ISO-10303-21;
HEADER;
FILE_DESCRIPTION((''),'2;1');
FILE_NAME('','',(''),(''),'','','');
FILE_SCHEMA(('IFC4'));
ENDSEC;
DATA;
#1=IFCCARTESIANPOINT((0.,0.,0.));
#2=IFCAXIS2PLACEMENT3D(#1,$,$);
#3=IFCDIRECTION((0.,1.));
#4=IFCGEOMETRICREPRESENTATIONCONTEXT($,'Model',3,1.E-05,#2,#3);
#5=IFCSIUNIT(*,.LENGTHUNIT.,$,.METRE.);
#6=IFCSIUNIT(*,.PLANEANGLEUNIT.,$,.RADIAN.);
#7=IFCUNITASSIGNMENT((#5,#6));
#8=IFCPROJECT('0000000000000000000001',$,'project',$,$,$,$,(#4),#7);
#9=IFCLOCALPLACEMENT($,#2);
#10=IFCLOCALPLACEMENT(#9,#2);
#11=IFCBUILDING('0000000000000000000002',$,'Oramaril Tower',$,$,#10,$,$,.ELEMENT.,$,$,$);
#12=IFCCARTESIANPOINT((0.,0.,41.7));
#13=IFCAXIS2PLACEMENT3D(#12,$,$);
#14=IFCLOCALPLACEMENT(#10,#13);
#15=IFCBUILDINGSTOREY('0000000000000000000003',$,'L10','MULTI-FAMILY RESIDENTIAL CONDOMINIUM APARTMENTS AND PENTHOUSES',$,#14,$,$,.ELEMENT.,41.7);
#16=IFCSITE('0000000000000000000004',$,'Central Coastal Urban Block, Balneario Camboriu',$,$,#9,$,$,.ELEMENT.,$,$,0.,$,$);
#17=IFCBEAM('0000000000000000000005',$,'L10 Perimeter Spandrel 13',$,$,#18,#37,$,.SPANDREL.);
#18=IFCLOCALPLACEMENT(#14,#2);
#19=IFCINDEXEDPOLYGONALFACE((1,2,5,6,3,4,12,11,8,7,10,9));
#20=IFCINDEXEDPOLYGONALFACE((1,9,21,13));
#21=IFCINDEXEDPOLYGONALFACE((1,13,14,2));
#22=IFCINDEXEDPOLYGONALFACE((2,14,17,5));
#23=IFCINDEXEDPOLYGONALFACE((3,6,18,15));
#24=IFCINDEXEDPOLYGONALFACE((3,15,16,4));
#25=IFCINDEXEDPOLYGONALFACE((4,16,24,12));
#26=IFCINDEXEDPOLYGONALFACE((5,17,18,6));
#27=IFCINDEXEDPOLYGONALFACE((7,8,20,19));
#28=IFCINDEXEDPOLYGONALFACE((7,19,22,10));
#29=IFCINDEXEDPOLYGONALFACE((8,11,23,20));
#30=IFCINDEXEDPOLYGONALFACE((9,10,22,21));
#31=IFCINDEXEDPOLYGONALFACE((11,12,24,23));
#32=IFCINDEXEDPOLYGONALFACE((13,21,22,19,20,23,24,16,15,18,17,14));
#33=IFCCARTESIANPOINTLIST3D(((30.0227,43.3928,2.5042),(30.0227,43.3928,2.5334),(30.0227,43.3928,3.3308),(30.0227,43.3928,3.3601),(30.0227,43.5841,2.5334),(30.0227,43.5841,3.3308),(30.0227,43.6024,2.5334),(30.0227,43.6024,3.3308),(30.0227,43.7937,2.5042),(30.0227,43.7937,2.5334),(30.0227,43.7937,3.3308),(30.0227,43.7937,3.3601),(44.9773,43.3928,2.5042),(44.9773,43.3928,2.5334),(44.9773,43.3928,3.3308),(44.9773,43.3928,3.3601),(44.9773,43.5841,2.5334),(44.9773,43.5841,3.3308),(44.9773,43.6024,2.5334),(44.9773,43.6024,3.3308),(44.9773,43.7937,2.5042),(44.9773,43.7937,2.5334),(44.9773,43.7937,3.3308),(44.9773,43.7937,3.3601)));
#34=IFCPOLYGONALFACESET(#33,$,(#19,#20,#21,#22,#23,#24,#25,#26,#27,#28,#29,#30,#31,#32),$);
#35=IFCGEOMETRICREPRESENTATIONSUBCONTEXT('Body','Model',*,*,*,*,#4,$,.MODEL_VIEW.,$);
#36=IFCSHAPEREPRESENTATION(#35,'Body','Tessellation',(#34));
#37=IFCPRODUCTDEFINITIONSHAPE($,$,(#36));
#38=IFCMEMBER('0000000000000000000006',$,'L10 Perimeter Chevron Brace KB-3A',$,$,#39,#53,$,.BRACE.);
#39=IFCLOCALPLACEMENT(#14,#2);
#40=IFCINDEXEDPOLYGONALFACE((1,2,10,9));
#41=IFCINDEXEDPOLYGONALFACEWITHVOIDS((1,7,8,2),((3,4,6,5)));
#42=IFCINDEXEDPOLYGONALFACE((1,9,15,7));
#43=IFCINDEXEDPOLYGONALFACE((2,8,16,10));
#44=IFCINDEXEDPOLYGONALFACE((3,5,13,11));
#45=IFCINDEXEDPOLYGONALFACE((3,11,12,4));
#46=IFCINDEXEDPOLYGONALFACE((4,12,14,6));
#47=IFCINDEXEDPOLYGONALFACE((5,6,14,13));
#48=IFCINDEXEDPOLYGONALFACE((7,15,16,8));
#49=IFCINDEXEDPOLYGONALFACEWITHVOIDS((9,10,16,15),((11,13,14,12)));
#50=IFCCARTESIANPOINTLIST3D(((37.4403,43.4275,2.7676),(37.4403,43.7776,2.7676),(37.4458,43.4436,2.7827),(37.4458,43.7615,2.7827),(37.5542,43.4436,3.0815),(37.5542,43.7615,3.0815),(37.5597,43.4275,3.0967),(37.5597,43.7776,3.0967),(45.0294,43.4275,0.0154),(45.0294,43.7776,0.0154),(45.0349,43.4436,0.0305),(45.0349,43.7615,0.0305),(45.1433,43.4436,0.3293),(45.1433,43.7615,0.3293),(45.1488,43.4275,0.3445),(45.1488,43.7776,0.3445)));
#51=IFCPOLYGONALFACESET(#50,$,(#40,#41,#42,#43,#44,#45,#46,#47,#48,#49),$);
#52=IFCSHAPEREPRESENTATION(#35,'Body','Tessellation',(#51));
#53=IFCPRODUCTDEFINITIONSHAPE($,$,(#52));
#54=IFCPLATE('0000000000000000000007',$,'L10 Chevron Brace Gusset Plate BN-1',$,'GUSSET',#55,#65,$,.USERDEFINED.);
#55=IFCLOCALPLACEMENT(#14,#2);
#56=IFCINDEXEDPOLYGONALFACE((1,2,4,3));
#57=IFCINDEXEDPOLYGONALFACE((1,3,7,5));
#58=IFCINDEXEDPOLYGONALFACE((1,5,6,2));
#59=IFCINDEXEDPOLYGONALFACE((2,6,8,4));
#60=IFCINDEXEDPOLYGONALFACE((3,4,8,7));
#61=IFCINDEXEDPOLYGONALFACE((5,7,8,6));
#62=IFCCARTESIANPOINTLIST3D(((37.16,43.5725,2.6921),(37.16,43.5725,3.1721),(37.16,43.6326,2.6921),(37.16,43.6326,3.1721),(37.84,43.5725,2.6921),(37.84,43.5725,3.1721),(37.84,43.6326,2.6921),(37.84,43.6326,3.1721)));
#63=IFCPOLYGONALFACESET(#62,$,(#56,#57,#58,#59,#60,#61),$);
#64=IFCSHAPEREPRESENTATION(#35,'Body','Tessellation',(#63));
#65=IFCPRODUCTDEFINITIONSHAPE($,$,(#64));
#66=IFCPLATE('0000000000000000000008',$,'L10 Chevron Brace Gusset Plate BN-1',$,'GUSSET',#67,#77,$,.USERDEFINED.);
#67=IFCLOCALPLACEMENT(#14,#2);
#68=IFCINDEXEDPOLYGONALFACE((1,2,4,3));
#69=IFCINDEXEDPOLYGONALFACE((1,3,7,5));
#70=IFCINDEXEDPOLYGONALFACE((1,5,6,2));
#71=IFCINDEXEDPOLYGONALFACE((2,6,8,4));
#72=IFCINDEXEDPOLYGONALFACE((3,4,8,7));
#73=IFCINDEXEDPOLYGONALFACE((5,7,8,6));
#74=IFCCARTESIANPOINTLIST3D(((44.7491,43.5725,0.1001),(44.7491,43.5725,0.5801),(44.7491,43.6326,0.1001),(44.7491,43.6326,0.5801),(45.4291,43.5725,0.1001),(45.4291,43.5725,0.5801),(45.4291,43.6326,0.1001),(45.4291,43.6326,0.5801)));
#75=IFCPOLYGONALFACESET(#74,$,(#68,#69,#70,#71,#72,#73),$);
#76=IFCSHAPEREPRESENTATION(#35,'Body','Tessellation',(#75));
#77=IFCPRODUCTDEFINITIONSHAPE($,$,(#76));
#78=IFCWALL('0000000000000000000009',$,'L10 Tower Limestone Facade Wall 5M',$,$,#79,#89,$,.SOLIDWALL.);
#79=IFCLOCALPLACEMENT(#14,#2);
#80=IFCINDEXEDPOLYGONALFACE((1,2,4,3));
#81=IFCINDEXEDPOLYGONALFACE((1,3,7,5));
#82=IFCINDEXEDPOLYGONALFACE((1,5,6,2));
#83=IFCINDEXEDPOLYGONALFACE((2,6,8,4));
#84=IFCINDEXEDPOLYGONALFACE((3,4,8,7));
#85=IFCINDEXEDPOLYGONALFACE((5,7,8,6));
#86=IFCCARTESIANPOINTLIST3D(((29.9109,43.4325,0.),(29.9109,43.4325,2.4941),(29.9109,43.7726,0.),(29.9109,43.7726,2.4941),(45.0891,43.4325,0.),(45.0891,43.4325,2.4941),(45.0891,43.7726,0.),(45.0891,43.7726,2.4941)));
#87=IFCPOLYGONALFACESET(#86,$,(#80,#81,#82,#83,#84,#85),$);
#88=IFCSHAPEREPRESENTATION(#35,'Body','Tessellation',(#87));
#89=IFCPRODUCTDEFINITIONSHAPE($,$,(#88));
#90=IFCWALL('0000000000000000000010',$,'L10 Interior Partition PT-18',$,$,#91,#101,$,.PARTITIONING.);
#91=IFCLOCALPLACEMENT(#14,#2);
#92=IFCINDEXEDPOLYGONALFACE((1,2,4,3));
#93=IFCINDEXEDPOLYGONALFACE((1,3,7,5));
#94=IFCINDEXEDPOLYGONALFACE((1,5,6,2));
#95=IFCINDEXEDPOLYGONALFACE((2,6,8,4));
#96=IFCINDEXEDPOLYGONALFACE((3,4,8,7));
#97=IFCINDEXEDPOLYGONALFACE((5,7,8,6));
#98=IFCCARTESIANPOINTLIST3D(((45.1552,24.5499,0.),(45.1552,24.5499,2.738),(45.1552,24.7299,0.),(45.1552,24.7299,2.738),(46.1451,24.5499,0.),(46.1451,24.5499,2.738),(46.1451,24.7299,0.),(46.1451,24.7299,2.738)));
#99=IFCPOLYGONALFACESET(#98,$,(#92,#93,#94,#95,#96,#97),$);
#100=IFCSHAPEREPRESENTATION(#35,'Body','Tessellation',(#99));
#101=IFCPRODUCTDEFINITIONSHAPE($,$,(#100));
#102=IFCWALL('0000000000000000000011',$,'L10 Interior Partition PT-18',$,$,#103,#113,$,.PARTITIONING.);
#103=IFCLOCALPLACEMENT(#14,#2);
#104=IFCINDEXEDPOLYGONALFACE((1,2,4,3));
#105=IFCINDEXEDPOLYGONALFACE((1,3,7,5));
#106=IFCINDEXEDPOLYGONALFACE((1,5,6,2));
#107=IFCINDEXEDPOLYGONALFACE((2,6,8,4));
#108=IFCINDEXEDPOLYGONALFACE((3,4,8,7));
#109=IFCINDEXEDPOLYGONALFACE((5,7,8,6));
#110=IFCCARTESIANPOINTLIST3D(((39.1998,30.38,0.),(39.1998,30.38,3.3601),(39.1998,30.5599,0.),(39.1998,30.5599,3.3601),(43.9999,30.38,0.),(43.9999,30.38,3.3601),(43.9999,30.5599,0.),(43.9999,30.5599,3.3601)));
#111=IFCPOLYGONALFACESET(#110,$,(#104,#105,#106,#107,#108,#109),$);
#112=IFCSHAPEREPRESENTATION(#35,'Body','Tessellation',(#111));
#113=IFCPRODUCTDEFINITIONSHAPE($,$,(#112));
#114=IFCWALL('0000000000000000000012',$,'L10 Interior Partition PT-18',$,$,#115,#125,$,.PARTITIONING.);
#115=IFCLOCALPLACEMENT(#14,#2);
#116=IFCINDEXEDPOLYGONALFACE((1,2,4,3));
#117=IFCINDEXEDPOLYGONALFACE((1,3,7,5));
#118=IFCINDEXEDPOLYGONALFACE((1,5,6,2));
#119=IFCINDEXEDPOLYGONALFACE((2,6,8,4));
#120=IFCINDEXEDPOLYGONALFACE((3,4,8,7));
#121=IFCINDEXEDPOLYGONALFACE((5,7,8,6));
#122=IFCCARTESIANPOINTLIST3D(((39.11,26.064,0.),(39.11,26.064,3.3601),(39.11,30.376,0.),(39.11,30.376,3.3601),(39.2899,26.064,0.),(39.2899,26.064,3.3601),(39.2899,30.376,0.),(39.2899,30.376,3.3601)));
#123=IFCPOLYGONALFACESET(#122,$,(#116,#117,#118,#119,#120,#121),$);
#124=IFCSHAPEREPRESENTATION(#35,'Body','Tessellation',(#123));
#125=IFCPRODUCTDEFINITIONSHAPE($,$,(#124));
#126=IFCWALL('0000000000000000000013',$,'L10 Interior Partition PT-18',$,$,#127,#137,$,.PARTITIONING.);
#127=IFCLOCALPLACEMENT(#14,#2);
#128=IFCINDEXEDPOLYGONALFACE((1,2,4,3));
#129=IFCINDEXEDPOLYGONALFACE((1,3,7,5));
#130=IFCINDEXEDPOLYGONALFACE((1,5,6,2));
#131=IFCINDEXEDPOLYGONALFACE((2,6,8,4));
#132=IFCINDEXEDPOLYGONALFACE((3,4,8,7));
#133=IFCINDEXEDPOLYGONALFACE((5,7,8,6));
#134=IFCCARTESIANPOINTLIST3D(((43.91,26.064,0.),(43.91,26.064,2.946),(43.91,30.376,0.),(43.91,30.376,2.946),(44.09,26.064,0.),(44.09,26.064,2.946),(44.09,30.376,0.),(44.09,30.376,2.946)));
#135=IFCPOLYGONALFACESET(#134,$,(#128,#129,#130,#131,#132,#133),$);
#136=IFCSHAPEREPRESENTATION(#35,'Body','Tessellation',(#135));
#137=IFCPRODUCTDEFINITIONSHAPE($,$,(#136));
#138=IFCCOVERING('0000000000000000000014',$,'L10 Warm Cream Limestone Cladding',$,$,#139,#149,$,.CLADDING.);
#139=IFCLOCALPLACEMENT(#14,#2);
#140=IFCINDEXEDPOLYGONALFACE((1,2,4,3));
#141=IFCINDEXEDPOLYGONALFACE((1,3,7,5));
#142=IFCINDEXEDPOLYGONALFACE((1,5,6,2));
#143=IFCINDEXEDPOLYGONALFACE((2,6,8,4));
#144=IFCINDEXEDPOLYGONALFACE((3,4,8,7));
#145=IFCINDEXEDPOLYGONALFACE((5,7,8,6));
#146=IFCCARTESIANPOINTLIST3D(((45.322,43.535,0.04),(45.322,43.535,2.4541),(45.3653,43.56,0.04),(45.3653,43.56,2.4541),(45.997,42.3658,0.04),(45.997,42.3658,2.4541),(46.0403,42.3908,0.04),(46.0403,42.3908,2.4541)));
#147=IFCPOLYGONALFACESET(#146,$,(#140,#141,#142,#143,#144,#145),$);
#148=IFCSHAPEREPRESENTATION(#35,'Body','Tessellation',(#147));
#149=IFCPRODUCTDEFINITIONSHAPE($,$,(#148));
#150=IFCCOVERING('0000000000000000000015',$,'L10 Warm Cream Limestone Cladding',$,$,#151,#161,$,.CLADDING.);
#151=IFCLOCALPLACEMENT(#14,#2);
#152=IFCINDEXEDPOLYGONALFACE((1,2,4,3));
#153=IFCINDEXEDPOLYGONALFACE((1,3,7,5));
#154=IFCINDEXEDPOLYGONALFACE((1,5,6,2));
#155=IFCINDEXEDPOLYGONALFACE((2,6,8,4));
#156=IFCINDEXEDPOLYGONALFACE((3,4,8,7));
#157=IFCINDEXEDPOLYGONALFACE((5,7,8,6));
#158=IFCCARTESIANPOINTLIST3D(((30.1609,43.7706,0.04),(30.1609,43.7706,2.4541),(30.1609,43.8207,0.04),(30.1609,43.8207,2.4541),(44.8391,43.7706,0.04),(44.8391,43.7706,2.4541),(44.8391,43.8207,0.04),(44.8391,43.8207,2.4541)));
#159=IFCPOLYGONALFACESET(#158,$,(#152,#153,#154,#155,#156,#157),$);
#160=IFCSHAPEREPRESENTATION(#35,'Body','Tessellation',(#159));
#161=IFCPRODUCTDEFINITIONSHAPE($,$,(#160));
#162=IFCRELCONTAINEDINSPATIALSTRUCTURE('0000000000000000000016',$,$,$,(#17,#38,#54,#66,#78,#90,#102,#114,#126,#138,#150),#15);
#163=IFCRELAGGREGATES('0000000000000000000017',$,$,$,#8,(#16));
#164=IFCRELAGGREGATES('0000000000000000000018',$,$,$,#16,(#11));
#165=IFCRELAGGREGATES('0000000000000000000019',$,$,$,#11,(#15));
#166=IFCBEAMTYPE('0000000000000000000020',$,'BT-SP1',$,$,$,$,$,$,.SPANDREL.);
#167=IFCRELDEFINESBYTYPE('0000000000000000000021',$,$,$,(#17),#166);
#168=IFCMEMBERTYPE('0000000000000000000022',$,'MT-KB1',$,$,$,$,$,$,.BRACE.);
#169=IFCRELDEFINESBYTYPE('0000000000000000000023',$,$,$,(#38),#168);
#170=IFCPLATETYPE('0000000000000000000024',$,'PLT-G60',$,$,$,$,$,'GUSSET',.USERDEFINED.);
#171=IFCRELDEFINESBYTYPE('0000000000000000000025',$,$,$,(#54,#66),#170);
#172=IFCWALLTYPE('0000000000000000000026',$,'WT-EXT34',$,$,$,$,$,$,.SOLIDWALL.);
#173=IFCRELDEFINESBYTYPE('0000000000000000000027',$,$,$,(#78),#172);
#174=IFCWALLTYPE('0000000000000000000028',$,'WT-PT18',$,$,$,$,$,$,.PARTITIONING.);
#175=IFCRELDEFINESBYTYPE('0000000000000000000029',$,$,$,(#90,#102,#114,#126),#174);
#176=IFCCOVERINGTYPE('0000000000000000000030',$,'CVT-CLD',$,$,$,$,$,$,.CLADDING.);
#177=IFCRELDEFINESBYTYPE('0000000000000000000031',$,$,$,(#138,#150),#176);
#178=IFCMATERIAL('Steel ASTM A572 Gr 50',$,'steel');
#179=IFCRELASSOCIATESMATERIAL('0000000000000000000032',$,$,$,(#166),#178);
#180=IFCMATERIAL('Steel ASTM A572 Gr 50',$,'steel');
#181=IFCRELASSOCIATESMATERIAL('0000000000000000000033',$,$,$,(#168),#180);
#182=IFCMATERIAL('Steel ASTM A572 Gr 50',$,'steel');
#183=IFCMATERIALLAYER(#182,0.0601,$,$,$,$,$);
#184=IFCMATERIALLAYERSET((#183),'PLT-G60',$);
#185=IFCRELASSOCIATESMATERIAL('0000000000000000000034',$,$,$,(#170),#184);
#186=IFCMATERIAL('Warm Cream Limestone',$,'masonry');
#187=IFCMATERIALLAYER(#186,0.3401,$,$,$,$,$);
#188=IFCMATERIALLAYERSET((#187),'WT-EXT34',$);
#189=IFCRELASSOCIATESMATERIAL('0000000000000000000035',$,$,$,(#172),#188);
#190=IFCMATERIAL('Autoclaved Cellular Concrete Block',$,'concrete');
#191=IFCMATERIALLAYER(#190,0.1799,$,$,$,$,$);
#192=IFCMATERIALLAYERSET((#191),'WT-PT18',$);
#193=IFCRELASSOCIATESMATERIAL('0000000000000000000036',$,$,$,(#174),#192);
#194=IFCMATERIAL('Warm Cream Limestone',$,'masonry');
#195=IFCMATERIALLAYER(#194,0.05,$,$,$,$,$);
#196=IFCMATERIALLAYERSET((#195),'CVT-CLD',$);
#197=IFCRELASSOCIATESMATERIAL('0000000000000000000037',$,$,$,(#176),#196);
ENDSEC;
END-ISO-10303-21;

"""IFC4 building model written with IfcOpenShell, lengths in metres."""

from ifc_helpers import new_model, si_unit, direction, frame, frame_2d, origin, origin_2d, place, context, subcontext, project, spatial, rectangle, hollow_rectangle, i_section, extrude, material, layer, layer_set, material_profile, profile_set, type_object, element, save


model = new_model("IFC4")

# Units and contexts
model_context = context("Model", 3, precision=1e-05, world=origin(), true_north=direction((0.0, 1.0)))
body_context = subcontext(model_context, "Body", "Model", "MODEL_VIEW")
ifc_project = project(units=[si_unit("LENGTHUNIT", "METRE"), si_unit("PLANEANGLEUNIT", "RADIAN")], contexts=[model_context])

# Site, building, storey
site_placement = place(None, origin())
site = spatial("IfcSite", under=ifc_project, at=site_placement, Name="Central Coastal Urban Block, Balneario Camboriu", CompositionType="ELEMENT", RefElevation=0.0)
building_placement = place(site_placement, origin())
building = spatial("IfcBuilding", under=site, at=building_placement, Name="Oramaril Tower", CompositionType="ELEMENT")
storey_placement = place(building_placement, frame((0.0, 0.0, 41.7)))
storey = spatial("IfcBuildingStorey", under=building, at=storey_placement, Name="L10", Description="MULTI-FAMILY RESIDENTIAL CONDOMINIUM APARTMENTS AND PENTHOUSES", CompositionType="ELEMENT", Elevation=41.7)

# Beam
ifc_material_1 = material(Name="Steel ASTM A572 Gr 50", Category="steel")
ifc_material_profile_1 = material_profile(ifc_material_1, i_section(OverallWidth=0.4009, OverallDepth=0.856, WebThickness=0.0183, FlangeThickness=0.0293, at=origin_2d()), Name="W33X201")
ifc_profile_set_1 = profile_set([ifc_material_profile_1], Name="Steel ASTM A572 Gr 50")
beam_type_1 = type_object("IfcBeamType", Name="BT-SP1", PredefinedType="SPANDREL", material=ifc_profile_set_1)
beam_1_placement = place(storey_placement, frame((44.9773, 43.5933, 2.9321), z_axis=(-1.0, 0.0, 0.0), x_axis=(0.0, -1.0, 0.0)))
element("IfcBeam", 1, at=beam_1_placement, inside=storey, type_object=beam_type_1, Name="L10 Perimeter Spandrel 13", PredefinedType="SPANDREL", context=body_context, shape_type="SweptSolid", body=[
    extrude(i_section(OverallWidth=0.4009, OverallDepth=0.856, WebThickness=0.0183, FlangeThickness=0.0293, at=origin_2d()), origin(), (0.0, 0.0, 1.0), 14.9546),
])

# Member
ifc_material_2 = material(Name="Steel ASTM A572 Gr 50", Category="steel")
ifc_material_profile_2 = material_profile(ifc_material_2, hollow_rectangle(XDim=0.3501, YDim=0.3501, WallThickness=0.0161, at=origin_2d()), Name="HSS350X350X16")
ifc_profile_set_2 = profile_set([ifc_material_profile_2], Name="Steel ASTM A572 Gr 50")
member_type = type_object("IfcMemberType", Name="MT-KB1", PredefinedType="BRACE", material=ifc_profile_set_2)
member_placement = place(storey_placement, frame((45.0891, 43.6025, 0.1799), z_axis=(-0.940091, 0.0, 0.340925), x_axis=(0.0, -1.0, 0.0)))
element("IfcMember", 2, at=member_placement, inside=storey, type_object=member_type, Name="L10 Perimeter Chevron Brace KB-3A", PredefinedType="BRACE", context=body_context, shape_type="SweptSolid", body=[
    extrude(hollow_rectangle(XDim=0.3501, YDim=0.3501, WallThickness=0.0161, at=origin_2d()), origin(), (0.0, 0.0, 1.0), 8.0728),
])

# Plates
ifc_material_3 = material(Name="Steel ASTM A572 Gr 50", Category="steel")
ifc_layer_1 = layer(ifc_material_3, 0.0601)
ifc_layer_set_1 = layer_set([ifc_layer_1], Name="PLT-G60")
plate_type = type_object("IfcPlateType", Name="PLT-G60", ElementType="GUSSET", PredefinedType="USERDEFINED", material=ifc_layer_set_1)
for number, where, z_axis, x_axis, name in (
    (3, (37.5, 43.6025, 2.6921), (0.0, 0.0, 1.0), (-1.0, 0.0, 0.0), "L10 Chevron Brace Gusset Plate BN-1"),
    (4, (45.0891, 43.6025, 0.1001), (0.0, 0.0, 1.0), (-1.0, 0.0, 0.0), "L10 Chevron Brace Gusset Plate BN-1"),
):
    element("IfcPlate", number, at=place(storey_placement, frame(where, z_axis=z_axis, x_axis=x_axis)), inside=storey, type_object=plate_type, Name=name, ObjectType="GUSSET", PredefinedType="USERDEFINED", context=body_context, shape_type="SweptSolid", body=[
        extrude(rectangle(XDim=0.6799, YDim=0.0601, at=origin_2d()), origin(), (0.0, 0.0, 1.0), 0.48),
    ])

# Walls
ifc_material_4 = material(Name="Warm Cream Limestone", Category="masonry")
ifc_layer_2 = layer(ifc_material_4, 0.3401)
ifc_layer_set_2 = layer_set([ifc_layer_2], Name="WT-EXT34")
wall_type_1 = type_object("IfcWallType", Name="WT-EXT34", PredefinedType="SOLIDWALL", material=ifc_layer_set_2)
wall_1_placement = place(storey_placement, frame((45.0891, 43.6025, 0.0), z_axis=(0.0, 0.0, 1.0), x_axis=(-1.0, 0.0, 0.0)))
element("IfcWall", 5, at=wall_1_placement, inside=storey, type_object=wall_type_1, Name="L10 Tower Limestone Facade Wall 5M", PredefinedType="SOLIDWALL", context=body_context, shape_type="SweptSolid", body=[
    extrude(rectangle(XDim=15.1782, YDim=0.3401, at=frame_2d((7.5891, 0.0))), origin(), (0.0, 0.0, 1.0), 2.4941),
])
ifc_material_5 = material(Name="Autoclaved Cellular Concrete Block", Category="concrete")
ifc_layer_3 = layer(ifc_material_5, 0.1799)
ifc_layer_set_3 = layer_set([ifc_layer_3], Name="WT-PT18")
wall_type_2 = type_object("IfcWallType", Name="WT-PT18", PredefinedType="PARTITIONING", material=ifc_layer_set_3)
wall_2_placement = place(storey_placement, frame((45.155, 24.6399, 0.0), z_axis=(0.0, 0.0, 1.0), x_axis=(1.0, 0.0, 0.0)))
element("IfcWall", 6, at=wall_2_placement, inside=storey, type_object=wall_type_2, Name="L10 Interior Partition PT-18", PredefinedType="PARTITIONING", context=body_context, shape_type="SweptSolid", body=[
    extrude(rectangle(XDim=0.99, YDim=0.1799, at=frame_2d((0.4951, 0.0))), origin(), (0.0, 0.0, 1.0), 2.738),
])
wall_3_placement = place(storey_placement, frame((39.2, 30.47, 0.0), z_axis=(0.0, 0.0, 1.0), x_axis=(1.0, 0.0, 0.0)))
element("IfcWall", 7, at=wall_3_placement, inside=storey, type_object=wall_type_2, Name="L10 Interior Partition PT-18", PredefinedType="PARTITIONING", context=body_context, shape_type="SweptSolid", body=[
    extrude(rectangle(XDim=4.8, YDim=0.1799, at=frame_2d((2.3999, 0.0))), origin(), (0.0, 0.0, 1.0), 3.3601),
])
wall_4_placement = place(storey_placement, frame((39.2, 26.064, 0.0), z_axis=(0.0, 0.0, 1.0), x_axis=(0.0, 1.0, 0.0)))
element("IfcWall", 8, at=wall_4_placement, inside=storey, type_object=wall_type_2, Name="L10 Interior Partition PT-18", PredefinedType="PARTITIONING", context=body_context, shape_type="SweptSolid", body=[
    extrude(rectangle(XDim=4.312, YDim=0.1799, at=frame_2d((2.156, 0.0))), origin(), (0.0, 0.0, 1.0), 3.3601),
])
wall_5_placement = place(storey_placement, frame((44.0, 26.064, 0.0), z_axis=(0.0, 0.0, 1.0), x_axis=(0.0, 1.0, 0.0)))
element("IfcWall", 9, at=wall_5_placement, inside=storey, type_object=wall_type_2, Name="L10 Interior Partition PT-18", PredefinedType="PARTITIONING", context=body_context, shape_type="SweptSolid", body=[
    extrude(rectangle(XDim=4.312, YDim=0.1799, at=frame_2d((2.156, 0.0))), origin(), (0.0, 0.0, 1.0), 2.946),
])

# Coverings
ifc_material_6 = material(Name="Warm Cream Limestone", Category="masonry")
ifc_layer_4 = layer(ifc_material_6, 0.05)
ifc_layer_set_4 = layer_set([ifc_layer_4], Name="CVT-CLD")
covering_type = type_object("IfcCoveringType", Name="CVT-CLD", PredefinedType="CLADDING", material=ifc_layer_set_4)
covering_1_placement = place(storey_placement, frame((45.6812, 42.9629, 0.04), z_axis=(0.0, 0.0, 1.0), x_axis=(-0.5, 0.866025, 0.0)))
element("IfcCovering", 10, at=covering_1_placement, inside=storey, type_object=covering_type, Name="L10 Warm Cream Limestone Cladding", PredefinedType="CLADDING", context=body_context, shape_type="SweptSolid", body=[
    extrude(rectangle(XDim=1.3501, YDim=0.05, at=origin_2d()), origin(), (0.0, 0.0, 1.0), 2.4141),
])
covering_2_placement = place(storey_placement, frame((37.5, 43.7957, 0.04), z_axis=(0.0, 0.0, 1.0), x_axis=(-1.0, 0.0, 0.0)))
element("IfcCovering", 11, at=covering_2_placement, inside=storey, type_object=covering_type, Name="L10 Warm Cream Limestone Cladding", PredefinedType="CLADDING", context=body_context, shape_type="SweptSolid", body=[
    extrude(rectangle(XDim=14.6782, YDim=0.05, at=origin_2d()), origin(), (0.0, 0.0, 1.0), 2.4141),
])

save(model, "model.ifc")
